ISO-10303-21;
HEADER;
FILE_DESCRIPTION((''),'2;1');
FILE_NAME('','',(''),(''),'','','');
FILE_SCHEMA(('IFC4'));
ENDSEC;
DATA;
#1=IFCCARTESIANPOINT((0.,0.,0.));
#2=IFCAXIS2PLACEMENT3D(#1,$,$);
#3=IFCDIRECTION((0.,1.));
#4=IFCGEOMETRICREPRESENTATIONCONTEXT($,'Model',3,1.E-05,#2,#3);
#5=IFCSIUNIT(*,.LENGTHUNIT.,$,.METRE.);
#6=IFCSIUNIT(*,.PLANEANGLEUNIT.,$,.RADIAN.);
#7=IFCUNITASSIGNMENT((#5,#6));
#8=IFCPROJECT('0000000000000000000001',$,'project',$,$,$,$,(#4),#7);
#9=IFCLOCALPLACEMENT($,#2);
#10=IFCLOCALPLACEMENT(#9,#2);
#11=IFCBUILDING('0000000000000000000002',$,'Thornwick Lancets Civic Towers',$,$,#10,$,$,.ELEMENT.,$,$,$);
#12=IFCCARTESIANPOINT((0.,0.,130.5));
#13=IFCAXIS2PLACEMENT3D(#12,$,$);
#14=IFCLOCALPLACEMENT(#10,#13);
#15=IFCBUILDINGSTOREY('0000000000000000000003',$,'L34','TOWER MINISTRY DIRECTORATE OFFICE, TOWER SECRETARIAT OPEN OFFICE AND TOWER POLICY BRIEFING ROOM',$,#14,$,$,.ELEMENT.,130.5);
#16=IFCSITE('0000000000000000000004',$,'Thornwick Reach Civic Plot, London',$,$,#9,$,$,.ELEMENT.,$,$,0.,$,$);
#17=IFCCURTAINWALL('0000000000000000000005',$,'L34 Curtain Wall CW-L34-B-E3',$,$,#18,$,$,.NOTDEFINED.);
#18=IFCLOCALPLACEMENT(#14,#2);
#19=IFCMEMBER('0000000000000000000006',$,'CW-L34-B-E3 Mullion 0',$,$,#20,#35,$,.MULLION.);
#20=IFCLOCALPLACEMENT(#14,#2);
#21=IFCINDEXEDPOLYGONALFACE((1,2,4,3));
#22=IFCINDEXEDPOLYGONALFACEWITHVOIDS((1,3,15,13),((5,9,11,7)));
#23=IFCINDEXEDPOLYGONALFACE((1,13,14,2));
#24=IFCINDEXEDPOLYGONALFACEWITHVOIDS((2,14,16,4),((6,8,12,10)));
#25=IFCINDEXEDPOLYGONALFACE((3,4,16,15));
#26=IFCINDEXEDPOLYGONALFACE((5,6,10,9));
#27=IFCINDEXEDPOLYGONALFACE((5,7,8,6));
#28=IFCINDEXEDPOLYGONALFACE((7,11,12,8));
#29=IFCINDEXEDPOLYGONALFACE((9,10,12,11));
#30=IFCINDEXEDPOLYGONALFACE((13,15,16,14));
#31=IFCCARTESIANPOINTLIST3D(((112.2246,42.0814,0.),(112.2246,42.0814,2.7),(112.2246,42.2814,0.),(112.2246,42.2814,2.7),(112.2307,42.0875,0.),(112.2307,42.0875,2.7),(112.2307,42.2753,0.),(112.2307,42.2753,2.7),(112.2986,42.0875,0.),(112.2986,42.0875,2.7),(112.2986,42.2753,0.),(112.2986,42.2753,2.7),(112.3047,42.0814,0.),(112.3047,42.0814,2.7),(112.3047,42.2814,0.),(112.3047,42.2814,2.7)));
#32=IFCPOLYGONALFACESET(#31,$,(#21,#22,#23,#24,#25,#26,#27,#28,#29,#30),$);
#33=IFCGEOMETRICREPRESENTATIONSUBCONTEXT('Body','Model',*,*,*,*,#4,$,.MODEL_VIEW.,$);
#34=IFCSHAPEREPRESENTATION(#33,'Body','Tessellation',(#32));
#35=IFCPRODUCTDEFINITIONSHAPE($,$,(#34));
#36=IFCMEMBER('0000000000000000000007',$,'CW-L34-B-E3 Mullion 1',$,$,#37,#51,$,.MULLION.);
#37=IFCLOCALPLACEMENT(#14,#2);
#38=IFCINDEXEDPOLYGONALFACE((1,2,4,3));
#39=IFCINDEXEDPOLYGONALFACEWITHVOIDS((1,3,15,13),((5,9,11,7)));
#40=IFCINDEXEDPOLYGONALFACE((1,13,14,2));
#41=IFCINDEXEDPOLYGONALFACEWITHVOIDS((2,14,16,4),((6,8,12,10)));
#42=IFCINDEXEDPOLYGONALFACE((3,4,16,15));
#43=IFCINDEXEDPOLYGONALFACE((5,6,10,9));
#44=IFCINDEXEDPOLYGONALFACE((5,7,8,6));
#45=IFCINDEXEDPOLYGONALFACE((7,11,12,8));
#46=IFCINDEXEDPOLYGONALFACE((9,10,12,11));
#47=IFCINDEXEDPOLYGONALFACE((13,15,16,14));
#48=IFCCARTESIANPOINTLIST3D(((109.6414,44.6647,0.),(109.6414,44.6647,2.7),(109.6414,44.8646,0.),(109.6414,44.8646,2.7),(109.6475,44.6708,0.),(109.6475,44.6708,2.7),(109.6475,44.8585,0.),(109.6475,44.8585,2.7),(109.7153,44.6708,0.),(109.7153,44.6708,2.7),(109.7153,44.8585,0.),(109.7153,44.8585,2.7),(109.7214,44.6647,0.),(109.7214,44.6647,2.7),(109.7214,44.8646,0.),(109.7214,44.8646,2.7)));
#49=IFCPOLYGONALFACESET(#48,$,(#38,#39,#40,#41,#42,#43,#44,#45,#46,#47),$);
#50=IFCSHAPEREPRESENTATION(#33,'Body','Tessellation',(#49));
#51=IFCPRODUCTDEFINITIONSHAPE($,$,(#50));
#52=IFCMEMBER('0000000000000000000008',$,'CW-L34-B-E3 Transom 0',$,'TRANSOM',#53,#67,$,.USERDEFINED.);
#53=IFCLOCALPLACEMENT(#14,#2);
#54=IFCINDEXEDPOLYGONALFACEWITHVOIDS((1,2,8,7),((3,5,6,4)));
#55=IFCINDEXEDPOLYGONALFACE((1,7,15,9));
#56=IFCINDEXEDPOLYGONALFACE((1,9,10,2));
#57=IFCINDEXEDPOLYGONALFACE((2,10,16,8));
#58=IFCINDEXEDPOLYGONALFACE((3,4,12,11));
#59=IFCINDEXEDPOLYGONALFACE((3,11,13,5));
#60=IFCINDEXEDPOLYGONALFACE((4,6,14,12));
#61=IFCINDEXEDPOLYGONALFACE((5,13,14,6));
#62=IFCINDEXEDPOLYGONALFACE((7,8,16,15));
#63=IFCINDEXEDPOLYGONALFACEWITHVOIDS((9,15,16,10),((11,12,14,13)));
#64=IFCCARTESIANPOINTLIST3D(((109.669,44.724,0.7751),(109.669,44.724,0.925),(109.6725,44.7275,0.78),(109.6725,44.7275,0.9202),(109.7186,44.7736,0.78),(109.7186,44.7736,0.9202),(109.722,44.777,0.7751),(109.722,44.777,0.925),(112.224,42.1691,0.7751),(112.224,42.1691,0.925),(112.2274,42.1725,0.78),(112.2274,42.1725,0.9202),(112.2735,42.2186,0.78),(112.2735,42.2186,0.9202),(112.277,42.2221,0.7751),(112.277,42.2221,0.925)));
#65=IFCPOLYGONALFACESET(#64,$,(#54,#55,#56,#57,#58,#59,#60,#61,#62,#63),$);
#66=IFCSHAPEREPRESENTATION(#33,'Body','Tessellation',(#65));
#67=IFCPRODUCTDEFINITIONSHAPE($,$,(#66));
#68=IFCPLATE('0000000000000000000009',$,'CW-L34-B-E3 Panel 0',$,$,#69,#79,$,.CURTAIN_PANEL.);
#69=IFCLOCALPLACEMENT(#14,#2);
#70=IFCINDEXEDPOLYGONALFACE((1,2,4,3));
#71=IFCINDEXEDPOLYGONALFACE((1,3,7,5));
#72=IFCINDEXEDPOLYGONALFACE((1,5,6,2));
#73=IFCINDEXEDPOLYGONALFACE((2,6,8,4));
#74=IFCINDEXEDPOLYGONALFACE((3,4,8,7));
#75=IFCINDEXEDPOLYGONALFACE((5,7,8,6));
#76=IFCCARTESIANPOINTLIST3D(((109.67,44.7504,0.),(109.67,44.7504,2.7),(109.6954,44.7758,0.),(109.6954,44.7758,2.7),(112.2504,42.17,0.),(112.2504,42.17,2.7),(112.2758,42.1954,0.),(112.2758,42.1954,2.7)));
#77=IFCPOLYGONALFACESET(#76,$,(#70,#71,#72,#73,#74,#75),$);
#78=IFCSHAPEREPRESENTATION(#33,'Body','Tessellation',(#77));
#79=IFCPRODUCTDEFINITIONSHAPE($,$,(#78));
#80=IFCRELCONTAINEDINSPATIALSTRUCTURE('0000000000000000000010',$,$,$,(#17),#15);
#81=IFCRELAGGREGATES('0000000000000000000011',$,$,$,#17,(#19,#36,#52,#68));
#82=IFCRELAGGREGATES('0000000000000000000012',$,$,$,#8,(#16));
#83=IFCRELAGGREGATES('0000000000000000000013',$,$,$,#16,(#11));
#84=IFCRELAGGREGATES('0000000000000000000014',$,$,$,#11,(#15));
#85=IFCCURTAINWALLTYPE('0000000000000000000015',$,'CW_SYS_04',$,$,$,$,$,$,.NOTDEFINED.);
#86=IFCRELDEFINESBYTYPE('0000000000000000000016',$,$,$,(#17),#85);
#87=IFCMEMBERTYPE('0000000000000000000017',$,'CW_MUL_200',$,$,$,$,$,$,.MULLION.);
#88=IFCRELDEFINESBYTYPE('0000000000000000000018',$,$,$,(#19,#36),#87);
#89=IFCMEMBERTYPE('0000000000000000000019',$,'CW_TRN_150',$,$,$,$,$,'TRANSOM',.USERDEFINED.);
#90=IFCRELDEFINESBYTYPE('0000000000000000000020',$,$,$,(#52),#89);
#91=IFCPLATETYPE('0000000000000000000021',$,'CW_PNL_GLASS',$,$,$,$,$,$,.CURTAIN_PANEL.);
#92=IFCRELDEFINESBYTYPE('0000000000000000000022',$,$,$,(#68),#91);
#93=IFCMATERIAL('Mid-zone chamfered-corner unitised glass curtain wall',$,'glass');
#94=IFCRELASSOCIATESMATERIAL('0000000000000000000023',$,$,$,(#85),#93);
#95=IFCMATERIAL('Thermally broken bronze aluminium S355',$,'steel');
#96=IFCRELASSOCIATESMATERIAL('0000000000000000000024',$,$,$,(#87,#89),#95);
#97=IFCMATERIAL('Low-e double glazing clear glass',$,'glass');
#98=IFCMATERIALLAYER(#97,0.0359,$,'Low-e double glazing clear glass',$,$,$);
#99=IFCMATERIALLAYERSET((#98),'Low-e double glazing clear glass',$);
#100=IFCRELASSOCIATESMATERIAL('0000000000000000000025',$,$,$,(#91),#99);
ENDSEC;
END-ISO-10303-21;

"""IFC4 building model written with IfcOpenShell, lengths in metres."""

from ifc_helpers import new_model, si_unit, direction, frame, origin, origin_2d, place, context, subcontext, project, spatial, rectangle, hollow_rectangle, extrude, material, layer, layer_set, material_profile, profile_set, type_object, element, aggregate, save


model = new_model("IFC4")

# Units and contexts
model_context = context("Model", 3, precision=1e-05, world=origin(), true_north=direction((0.0, 1.0)))
body_context = subcontext(model_context, "Body", "Model", "MODEL_VIEW")
ifc_project = project(units=[si_unit("LENGTHUNIT", "METRE"), si_unit("PLANEANGLEUNIT", "RADIAN")], contexts=[model_context])

# Site, building, storey
site_placement = place(None, origin())
site = spatial("IfcSite", under=ifc_project, at=site_placement, Name="Thornwick Reach Civic Plot, London", CompositionType="ELEMENT", RefElevation=0.0)
building_placement = place(site_placement, origin())
building = spatial("IfcBuilding", under=site, at=building_placement, Name="Thornwick Lancets Civic Towers", CompositionType="ELEMENT")
storey_placement = place(building_placement, frame((0.0, 0.0, 130.5)))
storey = spatial("IfcBuildingStorey", under=building, at=storey_placement, Name="L34", Description="TOWER MINISTRY DIRECTORATE OFFICE, TOWER SECRETARIAT OPEN OFFICE AND TOWER POLICY BRIEFING ROOM", CompositionType="ELEMENT", Elevation=130.5)

# Curtain wall, members, plate
ifc_material_1 = material(Name="Mid-zone chamfered-corner unitised glass curtain wall", Category="glass")
curtain_wall_type = type_object("IfcCurtainWallType", Name="CW_SYS_04", PredefinedType="NOTDEFINED", material=ifc_material_1)
curtain_wall_placement = place(storey_placement, origin())
curtain_wall = element("IfcCurtainWall", 1, at=curtain_wall_placement, inside=storey, type_object=curtain_wall_type, Name="L34 Curtain Wall CW-L34-B-E3", PredefinedType="NOTDEFINED")
ifc_material_2 = material(Name="Thermally broken bronze aluminium S355", Category="steel")
ifc_material_profile_1 = material_profile(ifc_material_2, hollow_rectangle(XDim=0.0801, YDim=0.2, WallThickness=0.0061, at=origin_2d()), Name="RHS 200x80x6")
ifc_profile_set_1 = profile_set([ifc_material_profile_1], Name="Thermally broken bronze aluminium S355")
member_type_1 = type_object("IfcMemberType", Name="CW_MUL_200", PredefinedType="MULLION", material=ifc_profile_set_1)
member_1_placement = place(storey_placement, frame((112.2646, 42.1814, 0.0), z_axis=(0.0, 0.0, 1.0), x_axis=(1.0, 0.0, 0.0)))
member_1 = element("IfcMember", 2, at=member_1_placement, type_object=member_type_1, Name="CW-L34-B-E3 Mullion 0", PredefinedType="MULLION", context=body_context, shape_type="SweptSolid", body=[
    extrude(hollow_rectangle(XDim=0.0801, YDim=0.2, WallThickness=0.0061, at=origin_2d()), origin(), (0.0, 0.0, 1.0), 2.7),
])
member_2_placement = place(storey_placement, frame((109.6814, 44.7646, 0.0), z_axis=(0.0, 0.0, 1.0), x_axis=(1.0, 0.0, 0.0)))
member_2 = element("IfcMember", 3, at=member_2_placement, type_object=member_type_1, Name="CW-L34-B-E3 Mullion 1", PredefinedType="MULLION", context=body_context, shape_type="SweptSolid", body=[
    extrude(hollow_rectangle(XDim=0.0801, YDim=0.2, WallThickness=0.0061, at=origin_2d()), origin(), (0.0, 0.0, 1.0), 2.7),
])
ifc_material_profile_2 = material_profile(ifc_material_2, hollow_rectangle(XDim=0.075, YDim=0.1499, WallThickness=0.0049, at=origin_2d()), Name="RHS 150x75x5")
ifc_profile_set_2 = profile_set([ifc_material_profile_2], Name="Thermally broken bronze aluminium S355")
member_type_2 = type_object("IfcMemberType", Name="CW_TRN_150", ElementType="TRANSOM", PredefinedType="USERDEFINED", material=ifc_profile_set_2)
member_3_placement = place(storey_placement, frame((112.2505, 42.1956, 0.8501), z_axis=(-0.707107, 0.707107, 0.0), x_axis=(-0.707107, -0.707107, 0.0)))
member_3 = element("IfcMember", 4, at=member_3_placement, type_object=member_type_2, Name="CW-L34-B-E3 Transom 0", ObjectType="TRANSOM", PredefinedType="USERDEFINED", context=body_context, shape_type="SweptSolid", body=[
    extrude(hollow_rectangle(XDim=0.075, YDim=0.1499, WallThickness=0.0049, at=origin_2d()), origin(), (0.0, 0.0, 1.0), 3.6133),
])
ifc_material_3 = material(Name="Low-e double glazing clear glass", Category="glass")
ifc_layer_1 = layer(ifc_material_3, 0.0359, Name="Low-e double glazing clear glass")
ifc_layer_set_1 = layer_set([ifc_layer_1], Name="Low-e double glazing clear glass")
plate_type = type_object("IfcPlateType", Name="CW_PNL_GLASS", PredefinedType="CURTAIN_PANEL", material=ifc_layer_set_1)
plate_placement = place(storey_placement, frame((110.9729, 43.4729, 0.0), z_axis=(0.0, 0.0, 1.0), x_axis=(-0.707107, 0.707107, 0.0)))
plate = element("IfcPlate", 5, at=plate_placement, type_object=plate_type, Name="CW-L34-B-E3 Panel 0", PredefinedType="CURTAIN_PANEL", context=body_context, shape_type="SweptSolid", body=[
    extrude(rectangle(XDim=3.6492, YDim=0.0359, at=origin_2d()), origin(), (0.0, 0.0, 1.0), 2.7),
])
aggregate(curtain_wall, [member_1, member_2, member_3, plate])

save(model, "model.ifc")
